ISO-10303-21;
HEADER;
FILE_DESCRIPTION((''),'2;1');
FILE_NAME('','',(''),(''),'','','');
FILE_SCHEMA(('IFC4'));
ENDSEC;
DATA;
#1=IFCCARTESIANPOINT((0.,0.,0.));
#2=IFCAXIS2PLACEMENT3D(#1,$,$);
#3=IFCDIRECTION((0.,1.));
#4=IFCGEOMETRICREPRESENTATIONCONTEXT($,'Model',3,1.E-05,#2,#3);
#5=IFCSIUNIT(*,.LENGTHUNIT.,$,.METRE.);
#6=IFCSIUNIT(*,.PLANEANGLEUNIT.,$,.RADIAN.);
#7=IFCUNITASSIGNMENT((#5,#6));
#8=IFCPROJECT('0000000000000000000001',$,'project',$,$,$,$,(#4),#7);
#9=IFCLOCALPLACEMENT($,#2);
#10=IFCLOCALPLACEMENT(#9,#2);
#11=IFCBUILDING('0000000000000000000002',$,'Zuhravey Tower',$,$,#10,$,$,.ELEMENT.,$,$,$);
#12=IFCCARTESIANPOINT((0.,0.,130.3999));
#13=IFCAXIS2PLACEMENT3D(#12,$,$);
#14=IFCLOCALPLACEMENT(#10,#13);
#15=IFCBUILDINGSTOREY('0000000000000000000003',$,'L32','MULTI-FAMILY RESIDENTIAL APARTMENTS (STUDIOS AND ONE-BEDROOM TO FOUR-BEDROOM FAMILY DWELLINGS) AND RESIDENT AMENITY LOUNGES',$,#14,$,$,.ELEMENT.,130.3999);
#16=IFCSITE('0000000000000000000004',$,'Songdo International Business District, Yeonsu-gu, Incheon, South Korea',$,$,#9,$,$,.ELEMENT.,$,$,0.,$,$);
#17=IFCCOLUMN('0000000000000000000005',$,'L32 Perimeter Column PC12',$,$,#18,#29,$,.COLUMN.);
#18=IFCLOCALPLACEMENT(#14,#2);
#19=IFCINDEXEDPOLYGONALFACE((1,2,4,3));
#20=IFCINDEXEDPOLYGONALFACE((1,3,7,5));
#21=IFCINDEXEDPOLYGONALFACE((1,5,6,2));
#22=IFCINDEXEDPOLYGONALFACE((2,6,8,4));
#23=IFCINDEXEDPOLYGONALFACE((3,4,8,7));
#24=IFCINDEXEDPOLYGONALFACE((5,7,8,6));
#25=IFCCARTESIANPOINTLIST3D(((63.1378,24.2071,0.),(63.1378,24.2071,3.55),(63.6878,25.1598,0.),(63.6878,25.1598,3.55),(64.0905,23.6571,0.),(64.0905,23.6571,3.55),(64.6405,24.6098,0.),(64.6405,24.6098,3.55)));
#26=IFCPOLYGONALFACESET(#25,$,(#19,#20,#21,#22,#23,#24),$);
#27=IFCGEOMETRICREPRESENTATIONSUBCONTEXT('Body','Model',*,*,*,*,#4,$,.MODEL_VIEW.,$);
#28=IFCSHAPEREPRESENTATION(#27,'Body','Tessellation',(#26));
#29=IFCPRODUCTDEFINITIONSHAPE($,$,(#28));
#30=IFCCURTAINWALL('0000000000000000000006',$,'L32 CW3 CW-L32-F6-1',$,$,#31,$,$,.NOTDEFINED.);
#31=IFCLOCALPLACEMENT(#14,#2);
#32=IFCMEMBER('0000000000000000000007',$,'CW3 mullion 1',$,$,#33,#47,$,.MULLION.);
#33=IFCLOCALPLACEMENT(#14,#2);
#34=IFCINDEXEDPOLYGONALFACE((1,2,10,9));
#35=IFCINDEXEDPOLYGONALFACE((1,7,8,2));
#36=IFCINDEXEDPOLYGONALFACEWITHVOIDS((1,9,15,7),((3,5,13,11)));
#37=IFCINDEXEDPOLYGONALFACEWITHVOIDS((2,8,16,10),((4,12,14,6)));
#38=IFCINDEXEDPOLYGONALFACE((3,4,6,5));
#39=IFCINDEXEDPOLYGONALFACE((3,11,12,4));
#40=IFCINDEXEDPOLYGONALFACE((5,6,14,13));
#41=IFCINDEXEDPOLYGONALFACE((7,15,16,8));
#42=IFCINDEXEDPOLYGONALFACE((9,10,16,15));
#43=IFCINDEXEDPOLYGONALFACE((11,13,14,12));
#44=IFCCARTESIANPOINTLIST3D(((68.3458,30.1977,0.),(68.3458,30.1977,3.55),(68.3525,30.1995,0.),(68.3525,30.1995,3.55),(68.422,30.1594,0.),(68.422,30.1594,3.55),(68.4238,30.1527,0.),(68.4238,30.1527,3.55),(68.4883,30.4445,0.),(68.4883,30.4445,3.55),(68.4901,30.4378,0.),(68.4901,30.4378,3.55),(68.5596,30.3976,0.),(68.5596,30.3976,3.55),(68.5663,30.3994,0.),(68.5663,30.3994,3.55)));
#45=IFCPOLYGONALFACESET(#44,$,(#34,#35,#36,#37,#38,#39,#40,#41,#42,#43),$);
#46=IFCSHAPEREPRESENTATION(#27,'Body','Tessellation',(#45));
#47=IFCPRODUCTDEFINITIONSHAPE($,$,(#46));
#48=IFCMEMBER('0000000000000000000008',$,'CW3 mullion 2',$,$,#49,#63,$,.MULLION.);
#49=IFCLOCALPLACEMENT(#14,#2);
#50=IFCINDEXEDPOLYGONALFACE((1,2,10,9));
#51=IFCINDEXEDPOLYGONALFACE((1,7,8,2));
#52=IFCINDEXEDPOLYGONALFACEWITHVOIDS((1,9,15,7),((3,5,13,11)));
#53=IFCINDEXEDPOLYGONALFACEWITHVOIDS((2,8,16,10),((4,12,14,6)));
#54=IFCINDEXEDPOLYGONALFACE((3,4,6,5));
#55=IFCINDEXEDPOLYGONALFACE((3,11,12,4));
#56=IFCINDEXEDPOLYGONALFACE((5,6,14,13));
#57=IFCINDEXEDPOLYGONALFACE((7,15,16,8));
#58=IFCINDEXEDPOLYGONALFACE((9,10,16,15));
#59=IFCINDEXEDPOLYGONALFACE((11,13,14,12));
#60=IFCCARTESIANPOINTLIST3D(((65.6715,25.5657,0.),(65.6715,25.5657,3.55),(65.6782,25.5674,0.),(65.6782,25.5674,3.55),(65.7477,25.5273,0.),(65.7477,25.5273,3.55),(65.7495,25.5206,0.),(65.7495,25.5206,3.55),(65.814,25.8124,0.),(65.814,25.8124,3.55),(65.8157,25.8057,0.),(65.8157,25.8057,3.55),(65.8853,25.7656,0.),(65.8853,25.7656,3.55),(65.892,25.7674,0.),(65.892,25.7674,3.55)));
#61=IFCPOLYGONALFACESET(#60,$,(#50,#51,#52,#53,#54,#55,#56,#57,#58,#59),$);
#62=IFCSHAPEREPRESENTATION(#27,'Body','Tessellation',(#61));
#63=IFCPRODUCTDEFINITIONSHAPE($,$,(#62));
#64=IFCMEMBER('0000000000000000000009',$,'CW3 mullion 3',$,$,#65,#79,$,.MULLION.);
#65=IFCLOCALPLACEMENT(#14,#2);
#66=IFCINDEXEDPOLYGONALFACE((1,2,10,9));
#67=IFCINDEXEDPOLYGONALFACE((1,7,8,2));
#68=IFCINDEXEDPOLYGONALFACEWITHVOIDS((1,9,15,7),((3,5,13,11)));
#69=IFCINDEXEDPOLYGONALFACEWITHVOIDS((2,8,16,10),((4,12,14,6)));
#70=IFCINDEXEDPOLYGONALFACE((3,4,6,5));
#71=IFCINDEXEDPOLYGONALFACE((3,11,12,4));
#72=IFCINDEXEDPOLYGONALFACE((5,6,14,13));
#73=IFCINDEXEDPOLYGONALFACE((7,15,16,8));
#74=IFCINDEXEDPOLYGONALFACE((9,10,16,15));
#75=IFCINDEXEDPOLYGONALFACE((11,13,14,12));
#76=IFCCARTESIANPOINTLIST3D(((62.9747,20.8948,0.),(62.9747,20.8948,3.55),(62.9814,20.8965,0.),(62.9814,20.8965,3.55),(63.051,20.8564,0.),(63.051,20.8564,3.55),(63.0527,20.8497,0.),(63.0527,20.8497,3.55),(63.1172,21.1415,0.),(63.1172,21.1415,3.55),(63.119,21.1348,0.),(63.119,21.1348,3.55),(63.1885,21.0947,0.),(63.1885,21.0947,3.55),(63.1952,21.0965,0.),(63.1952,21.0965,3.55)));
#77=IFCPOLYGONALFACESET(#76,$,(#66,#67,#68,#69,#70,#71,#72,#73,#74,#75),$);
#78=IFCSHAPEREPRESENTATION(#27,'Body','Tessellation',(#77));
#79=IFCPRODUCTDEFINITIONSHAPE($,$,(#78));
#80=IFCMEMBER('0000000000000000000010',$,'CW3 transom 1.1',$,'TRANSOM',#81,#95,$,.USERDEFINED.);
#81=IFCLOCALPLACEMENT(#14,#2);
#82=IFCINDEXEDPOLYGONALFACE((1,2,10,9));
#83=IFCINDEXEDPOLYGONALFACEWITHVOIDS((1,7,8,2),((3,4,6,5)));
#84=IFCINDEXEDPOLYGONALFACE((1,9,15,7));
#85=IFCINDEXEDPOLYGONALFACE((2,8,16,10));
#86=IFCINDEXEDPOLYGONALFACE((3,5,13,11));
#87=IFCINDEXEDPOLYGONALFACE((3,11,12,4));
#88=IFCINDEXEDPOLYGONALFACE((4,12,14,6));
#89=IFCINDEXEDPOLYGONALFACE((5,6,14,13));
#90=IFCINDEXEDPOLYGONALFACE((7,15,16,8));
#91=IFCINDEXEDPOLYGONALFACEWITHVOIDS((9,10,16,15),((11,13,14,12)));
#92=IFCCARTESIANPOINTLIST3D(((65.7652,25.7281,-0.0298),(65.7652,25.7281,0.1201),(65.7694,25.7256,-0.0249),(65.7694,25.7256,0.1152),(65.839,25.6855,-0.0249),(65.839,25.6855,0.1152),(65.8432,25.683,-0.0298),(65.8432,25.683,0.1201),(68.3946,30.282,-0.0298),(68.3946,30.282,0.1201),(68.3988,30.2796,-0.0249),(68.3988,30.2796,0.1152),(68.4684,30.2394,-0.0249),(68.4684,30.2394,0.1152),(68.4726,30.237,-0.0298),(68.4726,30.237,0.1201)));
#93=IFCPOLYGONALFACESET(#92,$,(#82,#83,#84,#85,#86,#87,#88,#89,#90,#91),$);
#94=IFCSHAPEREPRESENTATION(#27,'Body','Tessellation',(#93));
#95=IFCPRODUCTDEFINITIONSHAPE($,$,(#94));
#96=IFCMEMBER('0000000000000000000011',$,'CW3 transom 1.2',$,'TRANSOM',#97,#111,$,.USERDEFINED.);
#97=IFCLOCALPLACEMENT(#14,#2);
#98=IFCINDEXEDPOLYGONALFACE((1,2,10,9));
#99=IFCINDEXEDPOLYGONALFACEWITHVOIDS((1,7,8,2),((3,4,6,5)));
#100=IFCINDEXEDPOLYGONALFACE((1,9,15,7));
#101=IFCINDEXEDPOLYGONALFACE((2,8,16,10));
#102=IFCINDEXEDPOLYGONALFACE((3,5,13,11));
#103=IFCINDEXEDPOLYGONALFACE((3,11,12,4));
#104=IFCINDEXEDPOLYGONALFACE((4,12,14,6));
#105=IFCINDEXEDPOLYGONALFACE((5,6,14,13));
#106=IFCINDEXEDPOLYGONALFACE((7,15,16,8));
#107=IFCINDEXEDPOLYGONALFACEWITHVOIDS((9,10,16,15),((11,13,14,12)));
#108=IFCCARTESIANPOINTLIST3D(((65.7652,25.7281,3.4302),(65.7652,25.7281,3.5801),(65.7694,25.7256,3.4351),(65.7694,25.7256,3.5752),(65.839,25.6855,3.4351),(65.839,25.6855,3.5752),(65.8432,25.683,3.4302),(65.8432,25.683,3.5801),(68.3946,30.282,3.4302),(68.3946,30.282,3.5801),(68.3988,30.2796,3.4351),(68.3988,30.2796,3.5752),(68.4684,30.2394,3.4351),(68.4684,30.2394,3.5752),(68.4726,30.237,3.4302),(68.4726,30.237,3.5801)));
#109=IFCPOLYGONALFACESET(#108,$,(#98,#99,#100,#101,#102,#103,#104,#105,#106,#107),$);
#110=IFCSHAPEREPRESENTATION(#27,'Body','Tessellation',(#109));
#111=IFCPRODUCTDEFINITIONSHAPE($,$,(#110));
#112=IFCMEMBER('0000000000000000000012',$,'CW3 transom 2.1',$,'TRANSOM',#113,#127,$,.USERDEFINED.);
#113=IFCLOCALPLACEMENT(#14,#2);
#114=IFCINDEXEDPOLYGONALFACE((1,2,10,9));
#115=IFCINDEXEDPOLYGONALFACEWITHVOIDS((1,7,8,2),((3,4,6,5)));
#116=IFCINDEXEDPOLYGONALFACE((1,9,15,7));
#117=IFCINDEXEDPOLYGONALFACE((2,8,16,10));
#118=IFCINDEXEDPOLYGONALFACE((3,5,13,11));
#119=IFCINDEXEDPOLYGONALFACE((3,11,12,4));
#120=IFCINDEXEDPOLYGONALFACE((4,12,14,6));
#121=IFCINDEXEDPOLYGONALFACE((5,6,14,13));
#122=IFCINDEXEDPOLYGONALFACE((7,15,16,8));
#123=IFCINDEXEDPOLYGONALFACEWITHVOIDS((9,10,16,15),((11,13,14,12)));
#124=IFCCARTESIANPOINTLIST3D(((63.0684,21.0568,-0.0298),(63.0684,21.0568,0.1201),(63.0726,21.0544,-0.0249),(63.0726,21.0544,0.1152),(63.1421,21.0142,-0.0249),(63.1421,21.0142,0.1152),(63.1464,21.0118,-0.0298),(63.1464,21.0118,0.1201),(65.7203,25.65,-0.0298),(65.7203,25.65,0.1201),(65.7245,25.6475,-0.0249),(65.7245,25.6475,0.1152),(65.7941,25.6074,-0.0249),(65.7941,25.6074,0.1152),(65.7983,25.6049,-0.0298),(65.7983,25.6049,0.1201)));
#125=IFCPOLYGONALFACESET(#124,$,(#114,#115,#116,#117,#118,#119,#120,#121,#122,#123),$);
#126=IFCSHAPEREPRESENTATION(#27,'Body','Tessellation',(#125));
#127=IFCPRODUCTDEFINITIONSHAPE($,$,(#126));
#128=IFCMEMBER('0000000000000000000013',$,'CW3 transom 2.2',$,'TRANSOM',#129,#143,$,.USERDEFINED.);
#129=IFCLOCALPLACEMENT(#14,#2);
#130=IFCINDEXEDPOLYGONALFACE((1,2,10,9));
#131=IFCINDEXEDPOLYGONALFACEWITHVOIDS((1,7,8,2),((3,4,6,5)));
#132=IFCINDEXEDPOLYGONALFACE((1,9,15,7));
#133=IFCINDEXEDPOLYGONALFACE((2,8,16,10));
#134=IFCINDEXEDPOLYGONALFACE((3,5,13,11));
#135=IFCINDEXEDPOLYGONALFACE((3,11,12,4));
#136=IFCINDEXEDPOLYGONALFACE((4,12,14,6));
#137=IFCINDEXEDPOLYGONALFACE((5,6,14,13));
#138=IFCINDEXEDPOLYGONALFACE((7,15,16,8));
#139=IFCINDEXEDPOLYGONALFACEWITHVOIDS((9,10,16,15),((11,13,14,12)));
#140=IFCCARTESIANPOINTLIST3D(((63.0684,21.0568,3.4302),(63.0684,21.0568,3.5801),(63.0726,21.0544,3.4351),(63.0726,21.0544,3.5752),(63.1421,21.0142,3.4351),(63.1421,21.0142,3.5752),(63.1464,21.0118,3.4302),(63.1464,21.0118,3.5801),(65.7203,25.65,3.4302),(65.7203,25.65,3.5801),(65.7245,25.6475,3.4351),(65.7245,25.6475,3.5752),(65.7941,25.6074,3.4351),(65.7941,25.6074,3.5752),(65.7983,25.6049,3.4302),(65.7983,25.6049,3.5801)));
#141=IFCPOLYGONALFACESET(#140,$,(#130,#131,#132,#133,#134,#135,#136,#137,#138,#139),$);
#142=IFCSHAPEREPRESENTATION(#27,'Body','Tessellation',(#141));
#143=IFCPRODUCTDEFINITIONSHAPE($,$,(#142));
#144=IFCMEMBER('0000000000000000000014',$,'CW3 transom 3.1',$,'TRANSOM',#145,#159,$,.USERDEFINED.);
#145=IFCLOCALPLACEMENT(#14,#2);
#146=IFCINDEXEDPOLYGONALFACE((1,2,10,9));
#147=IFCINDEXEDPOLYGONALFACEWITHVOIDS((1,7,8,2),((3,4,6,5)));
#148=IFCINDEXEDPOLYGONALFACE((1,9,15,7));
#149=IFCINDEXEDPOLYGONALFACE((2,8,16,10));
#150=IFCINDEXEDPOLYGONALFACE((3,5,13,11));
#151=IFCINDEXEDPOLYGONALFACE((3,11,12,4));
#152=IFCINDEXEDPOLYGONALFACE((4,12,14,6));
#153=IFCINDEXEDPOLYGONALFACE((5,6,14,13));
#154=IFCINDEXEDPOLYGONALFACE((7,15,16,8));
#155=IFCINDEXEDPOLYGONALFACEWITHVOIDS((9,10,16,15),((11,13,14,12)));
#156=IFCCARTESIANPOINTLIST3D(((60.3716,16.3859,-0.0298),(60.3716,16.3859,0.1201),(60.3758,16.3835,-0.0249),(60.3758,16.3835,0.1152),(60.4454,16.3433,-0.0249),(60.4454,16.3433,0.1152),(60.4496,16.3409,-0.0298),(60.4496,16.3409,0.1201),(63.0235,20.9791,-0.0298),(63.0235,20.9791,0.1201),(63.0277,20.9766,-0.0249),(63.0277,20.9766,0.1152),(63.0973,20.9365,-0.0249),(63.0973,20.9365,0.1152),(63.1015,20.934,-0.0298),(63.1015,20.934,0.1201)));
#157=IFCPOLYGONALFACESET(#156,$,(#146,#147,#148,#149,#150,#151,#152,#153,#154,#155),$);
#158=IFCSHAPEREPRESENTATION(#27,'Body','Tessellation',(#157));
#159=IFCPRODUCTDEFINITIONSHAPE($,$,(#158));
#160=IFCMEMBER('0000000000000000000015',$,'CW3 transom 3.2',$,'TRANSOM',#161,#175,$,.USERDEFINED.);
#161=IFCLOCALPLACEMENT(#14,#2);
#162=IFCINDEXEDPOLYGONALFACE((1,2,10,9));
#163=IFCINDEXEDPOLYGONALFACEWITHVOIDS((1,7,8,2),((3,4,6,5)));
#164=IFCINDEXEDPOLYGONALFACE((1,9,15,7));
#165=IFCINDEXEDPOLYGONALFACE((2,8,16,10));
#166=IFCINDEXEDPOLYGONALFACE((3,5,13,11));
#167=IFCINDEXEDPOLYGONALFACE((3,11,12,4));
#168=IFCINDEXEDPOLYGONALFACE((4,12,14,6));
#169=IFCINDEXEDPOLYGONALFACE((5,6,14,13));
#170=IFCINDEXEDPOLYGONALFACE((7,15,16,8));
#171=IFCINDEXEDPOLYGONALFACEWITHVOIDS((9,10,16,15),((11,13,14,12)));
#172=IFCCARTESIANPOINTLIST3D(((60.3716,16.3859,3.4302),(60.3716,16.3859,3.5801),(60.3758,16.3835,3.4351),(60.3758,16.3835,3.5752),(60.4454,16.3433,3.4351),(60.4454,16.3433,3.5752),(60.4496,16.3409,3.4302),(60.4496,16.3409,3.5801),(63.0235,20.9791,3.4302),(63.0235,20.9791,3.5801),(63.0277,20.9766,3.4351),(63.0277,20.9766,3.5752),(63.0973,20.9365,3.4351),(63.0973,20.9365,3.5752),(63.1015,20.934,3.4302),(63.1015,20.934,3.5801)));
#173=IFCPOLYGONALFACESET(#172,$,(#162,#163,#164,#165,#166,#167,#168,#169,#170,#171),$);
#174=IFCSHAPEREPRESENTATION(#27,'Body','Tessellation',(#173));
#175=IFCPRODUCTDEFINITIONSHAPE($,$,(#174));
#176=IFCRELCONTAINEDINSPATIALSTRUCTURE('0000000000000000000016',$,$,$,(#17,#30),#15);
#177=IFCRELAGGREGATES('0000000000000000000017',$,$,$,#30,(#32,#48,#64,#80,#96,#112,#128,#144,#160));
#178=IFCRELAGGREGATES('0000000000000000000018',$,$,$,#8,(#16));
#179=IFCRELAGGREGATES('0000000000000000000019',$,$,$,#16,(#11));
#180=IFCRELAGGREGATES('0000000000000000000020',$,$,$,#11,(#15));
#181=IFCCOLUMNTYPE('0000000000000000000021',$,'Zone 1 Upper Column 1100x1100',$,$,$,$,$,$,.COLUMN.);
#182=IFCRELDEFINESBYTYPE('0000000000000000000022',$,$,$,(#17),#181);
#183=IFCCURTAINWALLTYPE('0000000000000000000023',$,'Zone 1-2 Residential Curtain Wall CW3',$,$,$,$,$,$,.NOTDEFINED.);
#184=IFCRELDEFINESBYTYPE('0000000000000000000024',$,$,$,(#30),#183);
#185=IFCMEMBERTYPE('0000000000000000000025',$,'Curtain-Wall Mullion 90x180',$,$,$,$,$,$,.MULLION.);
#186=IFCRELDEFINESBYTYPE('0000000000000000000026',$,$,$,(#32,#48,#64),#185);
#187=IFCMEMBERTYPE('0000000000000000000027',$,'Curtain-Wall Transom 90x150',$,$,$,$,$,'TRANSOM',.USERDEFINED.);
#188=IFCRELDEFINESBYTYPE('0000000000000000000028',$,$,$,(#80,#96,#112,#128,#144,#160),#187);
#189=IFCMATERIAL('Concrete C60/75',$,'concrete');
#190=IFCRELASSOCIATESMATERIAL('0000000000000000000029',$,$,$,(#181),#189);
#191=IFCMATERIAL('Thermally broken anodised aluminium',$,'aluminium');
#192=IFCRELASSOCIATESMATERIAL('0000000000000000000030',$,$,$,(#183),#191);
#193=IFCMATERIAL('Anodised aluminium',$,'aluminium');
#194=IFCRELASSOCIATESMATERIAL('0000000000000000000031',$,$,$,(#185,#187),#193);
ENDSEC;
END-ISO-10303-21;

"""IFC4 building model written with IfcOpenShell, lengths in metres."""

from ifc_helpers import new_model, si_unit, direction, frame, origin, origin_2d, place, context, subcontext, project, spatial, rectangle, hollow_rectangle, extrude, material, material_profile, profile_set, type_object, element, aggregate, save


model = new_model("IFC4")

# Units and contexts
model_context = context("Model", 3, precision=1e-05, world=origin(), true_north=direction((0.0, 1.0)))
body_context = subcontext(model_context, "Body", "Model", "MODEL_VIEW")
ifc_project = project(units=[si_unit("LENGTHUNIT", "METRE"), si_unit("PLANEANGLEUNIT", "RADIAN")], contexts=[model_context])

# Site, building, storey
site_placement = place(None, origin())
site = spatial("IfcSite", under=ifc_project, at=site_placement, Name="Songdo International Business District, Yeonsu-gu, Incheon, South Korea", CompositionType="ELEMENT", RefElevation=0.0)
building_placement = place(site_placement, origin())
building = spatial("IfcBuilding", under=site, at=building_placement, Name="Zuhravey Tower", CompositionType="ELEMENT")
storey_placement = place(building_placement, frame((0.0, 0.0, 130.3999)))
storey = spatial("IfcBuildingStorey", under=building, at=storey_placement, Name="L32", Description="MULTI-FAMILY RESIDENTIAL APARTMENTS (STUDIOS AND ONE-BEDROOM TO FOUR-BEDROOM FAMILY DWELLINGS) AND RESIDENT AMENITY LOUNGES", CompositionType="ELEMENT", Elevation=130.3999)

# Column
ifc_material_1 = material(Name="Concrete C60/75", Category="concrete")
ifc_material_profile_1 = material_profile(ifc_material_1, rectangle(XDim=1.1001, YDim=1.1001, at=origin_2d()), Name="RC-1100x1100")
ifc_profile_set_1 = profile_set([ifc_material_profile_1], Name="Concrete C60/75")
column_type = type_object("IfcColumnType", Name="Zone 1 Upper Column 1100x1100", PredefinedType="COLUMN", material=ifc_profile_set_1)
column_placement = place(storey_placement, frame((63.8892, 24.4084, 0.0), z_axis=(0.0, 0.0, 1.0), x_axis=(0.5, 0.866025, 0.0)))
element("IfcColumn", 1, at=column_placement, inside=storey, type_object=column_type, Name="L32 Perimeter Column PC12", PredefinedType="COLUMN", context=body_context, shape_type="SweptSolid", body=[
    extrude(rectangle(XDim=1.1001, YDim=1.1001, at=origin_2d()), origin(), (0.0, 0.0, 1.0), 3.55),
])

# Curtain wall, members
ifc_material_2 = material(Name="Thermally broken anodised aluminium", Category="aluminium")
curtain_wall_type = type_object("IfcCurtainWallType", Name="Zone 1-2 Residential Curtain Wall CW3", PredefinedType="NOTDEFINED", material=ifc_material_2)
curtain_wall_placement = place(storey_placement, origin())
curtain_wall = element("IfcCurtainWall", 2, at=curtain_wall_placement, inside=storey, type_object=curtain_wall_type, Name="L32 CW3 CW-L32-F6-1", PredefinedType="NOTDEFINED")
ifc_material_3 = material(Name="Anodised aluminium", Category="aluminium")
ifc_material_profile_2 = material_profile(ifc_material_3, hollow_rectangle(XDim=0.0901, YDim=0.2849, WallThickness=0.0049, at=origin_2d()), Name="ALU-RHS-90x285x5")
ifc_profile_set_2 = profile_set([ifc_material_profile_2], Name="Anodised aluminium")
member_type_1 = type_object("IfcMemberType", Name="Curtain-Wall Mullion 90x180", PredefinedType="MULLION", material=ifc_profile_set_2)
member_1_placement = place(storey_placement, frame((68.4561, 30.2986, 0.0), z_axis=(0.0, 0.0, 1.0), x_axis=(0.866026, -0.5, 0.0)))
member_1 = element("IfcMember", 3, at=member_1_placement, type_object=member_type_1, Name="CW3 mullion 1", PredefinedType="MULLION", context=body_context, shape_type="SweptSolid", body=[
    extrude(hollow_rectangle(XDim=0.0901, YDim=0.2849, WallThickness=0.0049, at=origin_2d()), origin(), (0.0, 0.0, 1.0), 3.55),
])
member_2_placement = place(storey_placement, frame((65.7817, 25.6665, 0.0), z_axis=(0.0, 0.0, 1.0), x_axis=(0.866026, -0.5, 0.0)))
member_2 = element("IfcMember", 4, at=member_2_placement, type_object=member_type_1, Name="CW3 mullion 2", PredefinedType="MULLION", context=body_context, shape_type="SweptSolid", body=[
    extrude(hollow_rectangle(XDim=0.0901, YDim=0.2849, WallThickness=0.0049, at=origin_2d()), origin(), (0.0, 0.0, 1.0), 3.55),
])
member_3_placement = place(storey_placement, frame((63.085, 20.9956, 0.0), z_axis=(0.0, 0.0, 1.0), x_axis=(0.866026, -0.5, 0.0)))
member_3 = element("IfcMember", 5, at=member_3_placement, type_object=member_type_1, Name="CW3 mullion 3", PredefinedType="MULLION", context=body_context, shape_type="SweptSolid", body=[
    extrude(hollow_rectangle(XDim=0.0901, YDim=0.2849, WallThickness=0.0049, at=origin_2d()), origin(), (0.0, 0.0, 1.0), 3.55),
])
ifc_material_profile_3 = material_profile(ifc_material_3, hollow_rectangle(XDim=0.0901, YDim=0.1499, WallThickness=0.0049, at=origin_2d()), Name="ALU-RHS-90x150x5")
ifc_profile_set_3 = profile_set([ifc_material_profile_3], Name="Anodised aluminium")
member_type_2 = type_object("IfcMemberType", Name="Curtain-Wall Transom 90x150", ElementType="TRANSOM", PredefinedType="USERDEFINED", material=ifc_profile_set_3)
member_4_placement = place(storey_placement, frame((68.4336, 30.2595, 0.0452), z_axis=(-0.500024, -0.866012, 0.0), x_axis=(0.866012, -0.500024, 0.0)))
member_4 = element("IfcMember", 6, at=member_4_placement, type_object=member_type_2, Name="CW3 transom 1.1", ObjectType="TRANSOM", PredefinedType="USERDEFINED", context=body_context, shape_type="SweptSolid", body=[
    extrude(hollow_rectangle(XDim=0.0901, YDim=0.1499, WallThickness=0.0049, at=origin_2d()), origin(), (0.0, 0.0, 1.0), 5.2585),
])
member_5_placement = place(storey_placement, frame((68.4336, 30.2595, 3.5051), z_axis=(-0.500024, -0.866012, 0.0), x_axis=(0.866012, -0.500024, 0.0)))
member_5 = element("IfcMember", 7, at=member_5_placement, type_object=member_type_2, Name="CW3 transom 1.2", ObjectType="TRANSOM", PredefinedType="USERDEFINED", context=body_context, shape_type="SweptSolid", body=[
    extrude(hollow_rectangle(XDim=0.0901, YDim=0.1499, WallThickness=0.0049, at=origin_2d()), origin(), (0.0, 0.0, 1.0), 5.2585),
])
member_6_placement = place(storey_placement, frame((65.7593, 25.6274, 0.0452), z_axis=(-0.500011, -0.866019, 0.0), x_axis=(0.866019, -0.500011, 0.0)))
member_6 = element("IfcMember", 8, at=member_6_placement, type_object=member_type_2, Name="CW3 transom 2.1", ObjectType="TRANSOM", PredefinedType="USERDEFINED", context=body_context, shape_type="SweptSolid", body=[
    extrude(hollow_rectangle(XDim=0.0901, YDim=0.1499, WallThickness=0.0049, at=origin_2d()), origin(), (0.0, 0.0, 1.0), 5.3037),
])
member_7_placement = place(storey_placement, frame((65.7593, 25.6274, 3.5051), z_axis=(-0.500011, -0.866019, 0.0), x_axis=(0.866019, -0.500011, 0.0)))
member_7 = element("IfcMember", 9, at=member_7_placement, type_object=member_type_2, Name="CW3 transom 2.2", ObjectType="TRANSOM", PredefinedType="USERDEFINED", context=body_context, shape_type="SweptSolid", body=[
    extrude(hollow_rectangle(XDim=0.0901, YDim=0.1499, WallThickness=0.0049, at=origin_2d()), origin(), (0.0, 0.0, 1.0), 5.3037),
])
member_8_placement = place(storey_placement, frame((63.0625, 20.9565, 0.0452), z_axis=(-0.500011, -0.866019, 0.0), x_axis=(0.866019, -0.500011, 0.0)))
member_8 = element("IfcMember", 10, at=member_8_placement, type_object=member_type_2, Name="CW3 transom 3.1", ObjectType="TRANSOM", PredefinedType="USERDEFINED", context=body_context, shape_type="SweptSolid", body=[
    extrude(hollow_rectangle(XDim=0.0901, YDim=0.1499, WallThickness=0.0049, at=origin_2d()), origin(), (0.0, 0.0, 1.0), 5.3037),
])
member_9_placement = place(storey_placement, frame((63.0625, 20.9565, 3.5051), z_axis=(-0.500011, -0.866019, 0.0), x_axis=(0.866019, -0.500011, 0.0)))
member_9 = element("IfcMember", 11, at=member_9_placement, type_object=member_type_2, Name="CW3 transom 3.2", ObjectType="TRANSOM", PredefinedType="USERDEFINED", context=body_context, shape_type="SweptSolid", body=[
    extrude(hollow_rectangle(XDim=0.0901, YDim=0.1499, WallThickness=0.0049, at=origin_2d()), origin(), (0.0, 0.0, 1.0), 5.3037),
])

aggregate(curtain_wall, [member_1, member_2, member_3, member_4, member_5, member_6, member_7, member_8, member_9])

save(model, "model.ifc")
